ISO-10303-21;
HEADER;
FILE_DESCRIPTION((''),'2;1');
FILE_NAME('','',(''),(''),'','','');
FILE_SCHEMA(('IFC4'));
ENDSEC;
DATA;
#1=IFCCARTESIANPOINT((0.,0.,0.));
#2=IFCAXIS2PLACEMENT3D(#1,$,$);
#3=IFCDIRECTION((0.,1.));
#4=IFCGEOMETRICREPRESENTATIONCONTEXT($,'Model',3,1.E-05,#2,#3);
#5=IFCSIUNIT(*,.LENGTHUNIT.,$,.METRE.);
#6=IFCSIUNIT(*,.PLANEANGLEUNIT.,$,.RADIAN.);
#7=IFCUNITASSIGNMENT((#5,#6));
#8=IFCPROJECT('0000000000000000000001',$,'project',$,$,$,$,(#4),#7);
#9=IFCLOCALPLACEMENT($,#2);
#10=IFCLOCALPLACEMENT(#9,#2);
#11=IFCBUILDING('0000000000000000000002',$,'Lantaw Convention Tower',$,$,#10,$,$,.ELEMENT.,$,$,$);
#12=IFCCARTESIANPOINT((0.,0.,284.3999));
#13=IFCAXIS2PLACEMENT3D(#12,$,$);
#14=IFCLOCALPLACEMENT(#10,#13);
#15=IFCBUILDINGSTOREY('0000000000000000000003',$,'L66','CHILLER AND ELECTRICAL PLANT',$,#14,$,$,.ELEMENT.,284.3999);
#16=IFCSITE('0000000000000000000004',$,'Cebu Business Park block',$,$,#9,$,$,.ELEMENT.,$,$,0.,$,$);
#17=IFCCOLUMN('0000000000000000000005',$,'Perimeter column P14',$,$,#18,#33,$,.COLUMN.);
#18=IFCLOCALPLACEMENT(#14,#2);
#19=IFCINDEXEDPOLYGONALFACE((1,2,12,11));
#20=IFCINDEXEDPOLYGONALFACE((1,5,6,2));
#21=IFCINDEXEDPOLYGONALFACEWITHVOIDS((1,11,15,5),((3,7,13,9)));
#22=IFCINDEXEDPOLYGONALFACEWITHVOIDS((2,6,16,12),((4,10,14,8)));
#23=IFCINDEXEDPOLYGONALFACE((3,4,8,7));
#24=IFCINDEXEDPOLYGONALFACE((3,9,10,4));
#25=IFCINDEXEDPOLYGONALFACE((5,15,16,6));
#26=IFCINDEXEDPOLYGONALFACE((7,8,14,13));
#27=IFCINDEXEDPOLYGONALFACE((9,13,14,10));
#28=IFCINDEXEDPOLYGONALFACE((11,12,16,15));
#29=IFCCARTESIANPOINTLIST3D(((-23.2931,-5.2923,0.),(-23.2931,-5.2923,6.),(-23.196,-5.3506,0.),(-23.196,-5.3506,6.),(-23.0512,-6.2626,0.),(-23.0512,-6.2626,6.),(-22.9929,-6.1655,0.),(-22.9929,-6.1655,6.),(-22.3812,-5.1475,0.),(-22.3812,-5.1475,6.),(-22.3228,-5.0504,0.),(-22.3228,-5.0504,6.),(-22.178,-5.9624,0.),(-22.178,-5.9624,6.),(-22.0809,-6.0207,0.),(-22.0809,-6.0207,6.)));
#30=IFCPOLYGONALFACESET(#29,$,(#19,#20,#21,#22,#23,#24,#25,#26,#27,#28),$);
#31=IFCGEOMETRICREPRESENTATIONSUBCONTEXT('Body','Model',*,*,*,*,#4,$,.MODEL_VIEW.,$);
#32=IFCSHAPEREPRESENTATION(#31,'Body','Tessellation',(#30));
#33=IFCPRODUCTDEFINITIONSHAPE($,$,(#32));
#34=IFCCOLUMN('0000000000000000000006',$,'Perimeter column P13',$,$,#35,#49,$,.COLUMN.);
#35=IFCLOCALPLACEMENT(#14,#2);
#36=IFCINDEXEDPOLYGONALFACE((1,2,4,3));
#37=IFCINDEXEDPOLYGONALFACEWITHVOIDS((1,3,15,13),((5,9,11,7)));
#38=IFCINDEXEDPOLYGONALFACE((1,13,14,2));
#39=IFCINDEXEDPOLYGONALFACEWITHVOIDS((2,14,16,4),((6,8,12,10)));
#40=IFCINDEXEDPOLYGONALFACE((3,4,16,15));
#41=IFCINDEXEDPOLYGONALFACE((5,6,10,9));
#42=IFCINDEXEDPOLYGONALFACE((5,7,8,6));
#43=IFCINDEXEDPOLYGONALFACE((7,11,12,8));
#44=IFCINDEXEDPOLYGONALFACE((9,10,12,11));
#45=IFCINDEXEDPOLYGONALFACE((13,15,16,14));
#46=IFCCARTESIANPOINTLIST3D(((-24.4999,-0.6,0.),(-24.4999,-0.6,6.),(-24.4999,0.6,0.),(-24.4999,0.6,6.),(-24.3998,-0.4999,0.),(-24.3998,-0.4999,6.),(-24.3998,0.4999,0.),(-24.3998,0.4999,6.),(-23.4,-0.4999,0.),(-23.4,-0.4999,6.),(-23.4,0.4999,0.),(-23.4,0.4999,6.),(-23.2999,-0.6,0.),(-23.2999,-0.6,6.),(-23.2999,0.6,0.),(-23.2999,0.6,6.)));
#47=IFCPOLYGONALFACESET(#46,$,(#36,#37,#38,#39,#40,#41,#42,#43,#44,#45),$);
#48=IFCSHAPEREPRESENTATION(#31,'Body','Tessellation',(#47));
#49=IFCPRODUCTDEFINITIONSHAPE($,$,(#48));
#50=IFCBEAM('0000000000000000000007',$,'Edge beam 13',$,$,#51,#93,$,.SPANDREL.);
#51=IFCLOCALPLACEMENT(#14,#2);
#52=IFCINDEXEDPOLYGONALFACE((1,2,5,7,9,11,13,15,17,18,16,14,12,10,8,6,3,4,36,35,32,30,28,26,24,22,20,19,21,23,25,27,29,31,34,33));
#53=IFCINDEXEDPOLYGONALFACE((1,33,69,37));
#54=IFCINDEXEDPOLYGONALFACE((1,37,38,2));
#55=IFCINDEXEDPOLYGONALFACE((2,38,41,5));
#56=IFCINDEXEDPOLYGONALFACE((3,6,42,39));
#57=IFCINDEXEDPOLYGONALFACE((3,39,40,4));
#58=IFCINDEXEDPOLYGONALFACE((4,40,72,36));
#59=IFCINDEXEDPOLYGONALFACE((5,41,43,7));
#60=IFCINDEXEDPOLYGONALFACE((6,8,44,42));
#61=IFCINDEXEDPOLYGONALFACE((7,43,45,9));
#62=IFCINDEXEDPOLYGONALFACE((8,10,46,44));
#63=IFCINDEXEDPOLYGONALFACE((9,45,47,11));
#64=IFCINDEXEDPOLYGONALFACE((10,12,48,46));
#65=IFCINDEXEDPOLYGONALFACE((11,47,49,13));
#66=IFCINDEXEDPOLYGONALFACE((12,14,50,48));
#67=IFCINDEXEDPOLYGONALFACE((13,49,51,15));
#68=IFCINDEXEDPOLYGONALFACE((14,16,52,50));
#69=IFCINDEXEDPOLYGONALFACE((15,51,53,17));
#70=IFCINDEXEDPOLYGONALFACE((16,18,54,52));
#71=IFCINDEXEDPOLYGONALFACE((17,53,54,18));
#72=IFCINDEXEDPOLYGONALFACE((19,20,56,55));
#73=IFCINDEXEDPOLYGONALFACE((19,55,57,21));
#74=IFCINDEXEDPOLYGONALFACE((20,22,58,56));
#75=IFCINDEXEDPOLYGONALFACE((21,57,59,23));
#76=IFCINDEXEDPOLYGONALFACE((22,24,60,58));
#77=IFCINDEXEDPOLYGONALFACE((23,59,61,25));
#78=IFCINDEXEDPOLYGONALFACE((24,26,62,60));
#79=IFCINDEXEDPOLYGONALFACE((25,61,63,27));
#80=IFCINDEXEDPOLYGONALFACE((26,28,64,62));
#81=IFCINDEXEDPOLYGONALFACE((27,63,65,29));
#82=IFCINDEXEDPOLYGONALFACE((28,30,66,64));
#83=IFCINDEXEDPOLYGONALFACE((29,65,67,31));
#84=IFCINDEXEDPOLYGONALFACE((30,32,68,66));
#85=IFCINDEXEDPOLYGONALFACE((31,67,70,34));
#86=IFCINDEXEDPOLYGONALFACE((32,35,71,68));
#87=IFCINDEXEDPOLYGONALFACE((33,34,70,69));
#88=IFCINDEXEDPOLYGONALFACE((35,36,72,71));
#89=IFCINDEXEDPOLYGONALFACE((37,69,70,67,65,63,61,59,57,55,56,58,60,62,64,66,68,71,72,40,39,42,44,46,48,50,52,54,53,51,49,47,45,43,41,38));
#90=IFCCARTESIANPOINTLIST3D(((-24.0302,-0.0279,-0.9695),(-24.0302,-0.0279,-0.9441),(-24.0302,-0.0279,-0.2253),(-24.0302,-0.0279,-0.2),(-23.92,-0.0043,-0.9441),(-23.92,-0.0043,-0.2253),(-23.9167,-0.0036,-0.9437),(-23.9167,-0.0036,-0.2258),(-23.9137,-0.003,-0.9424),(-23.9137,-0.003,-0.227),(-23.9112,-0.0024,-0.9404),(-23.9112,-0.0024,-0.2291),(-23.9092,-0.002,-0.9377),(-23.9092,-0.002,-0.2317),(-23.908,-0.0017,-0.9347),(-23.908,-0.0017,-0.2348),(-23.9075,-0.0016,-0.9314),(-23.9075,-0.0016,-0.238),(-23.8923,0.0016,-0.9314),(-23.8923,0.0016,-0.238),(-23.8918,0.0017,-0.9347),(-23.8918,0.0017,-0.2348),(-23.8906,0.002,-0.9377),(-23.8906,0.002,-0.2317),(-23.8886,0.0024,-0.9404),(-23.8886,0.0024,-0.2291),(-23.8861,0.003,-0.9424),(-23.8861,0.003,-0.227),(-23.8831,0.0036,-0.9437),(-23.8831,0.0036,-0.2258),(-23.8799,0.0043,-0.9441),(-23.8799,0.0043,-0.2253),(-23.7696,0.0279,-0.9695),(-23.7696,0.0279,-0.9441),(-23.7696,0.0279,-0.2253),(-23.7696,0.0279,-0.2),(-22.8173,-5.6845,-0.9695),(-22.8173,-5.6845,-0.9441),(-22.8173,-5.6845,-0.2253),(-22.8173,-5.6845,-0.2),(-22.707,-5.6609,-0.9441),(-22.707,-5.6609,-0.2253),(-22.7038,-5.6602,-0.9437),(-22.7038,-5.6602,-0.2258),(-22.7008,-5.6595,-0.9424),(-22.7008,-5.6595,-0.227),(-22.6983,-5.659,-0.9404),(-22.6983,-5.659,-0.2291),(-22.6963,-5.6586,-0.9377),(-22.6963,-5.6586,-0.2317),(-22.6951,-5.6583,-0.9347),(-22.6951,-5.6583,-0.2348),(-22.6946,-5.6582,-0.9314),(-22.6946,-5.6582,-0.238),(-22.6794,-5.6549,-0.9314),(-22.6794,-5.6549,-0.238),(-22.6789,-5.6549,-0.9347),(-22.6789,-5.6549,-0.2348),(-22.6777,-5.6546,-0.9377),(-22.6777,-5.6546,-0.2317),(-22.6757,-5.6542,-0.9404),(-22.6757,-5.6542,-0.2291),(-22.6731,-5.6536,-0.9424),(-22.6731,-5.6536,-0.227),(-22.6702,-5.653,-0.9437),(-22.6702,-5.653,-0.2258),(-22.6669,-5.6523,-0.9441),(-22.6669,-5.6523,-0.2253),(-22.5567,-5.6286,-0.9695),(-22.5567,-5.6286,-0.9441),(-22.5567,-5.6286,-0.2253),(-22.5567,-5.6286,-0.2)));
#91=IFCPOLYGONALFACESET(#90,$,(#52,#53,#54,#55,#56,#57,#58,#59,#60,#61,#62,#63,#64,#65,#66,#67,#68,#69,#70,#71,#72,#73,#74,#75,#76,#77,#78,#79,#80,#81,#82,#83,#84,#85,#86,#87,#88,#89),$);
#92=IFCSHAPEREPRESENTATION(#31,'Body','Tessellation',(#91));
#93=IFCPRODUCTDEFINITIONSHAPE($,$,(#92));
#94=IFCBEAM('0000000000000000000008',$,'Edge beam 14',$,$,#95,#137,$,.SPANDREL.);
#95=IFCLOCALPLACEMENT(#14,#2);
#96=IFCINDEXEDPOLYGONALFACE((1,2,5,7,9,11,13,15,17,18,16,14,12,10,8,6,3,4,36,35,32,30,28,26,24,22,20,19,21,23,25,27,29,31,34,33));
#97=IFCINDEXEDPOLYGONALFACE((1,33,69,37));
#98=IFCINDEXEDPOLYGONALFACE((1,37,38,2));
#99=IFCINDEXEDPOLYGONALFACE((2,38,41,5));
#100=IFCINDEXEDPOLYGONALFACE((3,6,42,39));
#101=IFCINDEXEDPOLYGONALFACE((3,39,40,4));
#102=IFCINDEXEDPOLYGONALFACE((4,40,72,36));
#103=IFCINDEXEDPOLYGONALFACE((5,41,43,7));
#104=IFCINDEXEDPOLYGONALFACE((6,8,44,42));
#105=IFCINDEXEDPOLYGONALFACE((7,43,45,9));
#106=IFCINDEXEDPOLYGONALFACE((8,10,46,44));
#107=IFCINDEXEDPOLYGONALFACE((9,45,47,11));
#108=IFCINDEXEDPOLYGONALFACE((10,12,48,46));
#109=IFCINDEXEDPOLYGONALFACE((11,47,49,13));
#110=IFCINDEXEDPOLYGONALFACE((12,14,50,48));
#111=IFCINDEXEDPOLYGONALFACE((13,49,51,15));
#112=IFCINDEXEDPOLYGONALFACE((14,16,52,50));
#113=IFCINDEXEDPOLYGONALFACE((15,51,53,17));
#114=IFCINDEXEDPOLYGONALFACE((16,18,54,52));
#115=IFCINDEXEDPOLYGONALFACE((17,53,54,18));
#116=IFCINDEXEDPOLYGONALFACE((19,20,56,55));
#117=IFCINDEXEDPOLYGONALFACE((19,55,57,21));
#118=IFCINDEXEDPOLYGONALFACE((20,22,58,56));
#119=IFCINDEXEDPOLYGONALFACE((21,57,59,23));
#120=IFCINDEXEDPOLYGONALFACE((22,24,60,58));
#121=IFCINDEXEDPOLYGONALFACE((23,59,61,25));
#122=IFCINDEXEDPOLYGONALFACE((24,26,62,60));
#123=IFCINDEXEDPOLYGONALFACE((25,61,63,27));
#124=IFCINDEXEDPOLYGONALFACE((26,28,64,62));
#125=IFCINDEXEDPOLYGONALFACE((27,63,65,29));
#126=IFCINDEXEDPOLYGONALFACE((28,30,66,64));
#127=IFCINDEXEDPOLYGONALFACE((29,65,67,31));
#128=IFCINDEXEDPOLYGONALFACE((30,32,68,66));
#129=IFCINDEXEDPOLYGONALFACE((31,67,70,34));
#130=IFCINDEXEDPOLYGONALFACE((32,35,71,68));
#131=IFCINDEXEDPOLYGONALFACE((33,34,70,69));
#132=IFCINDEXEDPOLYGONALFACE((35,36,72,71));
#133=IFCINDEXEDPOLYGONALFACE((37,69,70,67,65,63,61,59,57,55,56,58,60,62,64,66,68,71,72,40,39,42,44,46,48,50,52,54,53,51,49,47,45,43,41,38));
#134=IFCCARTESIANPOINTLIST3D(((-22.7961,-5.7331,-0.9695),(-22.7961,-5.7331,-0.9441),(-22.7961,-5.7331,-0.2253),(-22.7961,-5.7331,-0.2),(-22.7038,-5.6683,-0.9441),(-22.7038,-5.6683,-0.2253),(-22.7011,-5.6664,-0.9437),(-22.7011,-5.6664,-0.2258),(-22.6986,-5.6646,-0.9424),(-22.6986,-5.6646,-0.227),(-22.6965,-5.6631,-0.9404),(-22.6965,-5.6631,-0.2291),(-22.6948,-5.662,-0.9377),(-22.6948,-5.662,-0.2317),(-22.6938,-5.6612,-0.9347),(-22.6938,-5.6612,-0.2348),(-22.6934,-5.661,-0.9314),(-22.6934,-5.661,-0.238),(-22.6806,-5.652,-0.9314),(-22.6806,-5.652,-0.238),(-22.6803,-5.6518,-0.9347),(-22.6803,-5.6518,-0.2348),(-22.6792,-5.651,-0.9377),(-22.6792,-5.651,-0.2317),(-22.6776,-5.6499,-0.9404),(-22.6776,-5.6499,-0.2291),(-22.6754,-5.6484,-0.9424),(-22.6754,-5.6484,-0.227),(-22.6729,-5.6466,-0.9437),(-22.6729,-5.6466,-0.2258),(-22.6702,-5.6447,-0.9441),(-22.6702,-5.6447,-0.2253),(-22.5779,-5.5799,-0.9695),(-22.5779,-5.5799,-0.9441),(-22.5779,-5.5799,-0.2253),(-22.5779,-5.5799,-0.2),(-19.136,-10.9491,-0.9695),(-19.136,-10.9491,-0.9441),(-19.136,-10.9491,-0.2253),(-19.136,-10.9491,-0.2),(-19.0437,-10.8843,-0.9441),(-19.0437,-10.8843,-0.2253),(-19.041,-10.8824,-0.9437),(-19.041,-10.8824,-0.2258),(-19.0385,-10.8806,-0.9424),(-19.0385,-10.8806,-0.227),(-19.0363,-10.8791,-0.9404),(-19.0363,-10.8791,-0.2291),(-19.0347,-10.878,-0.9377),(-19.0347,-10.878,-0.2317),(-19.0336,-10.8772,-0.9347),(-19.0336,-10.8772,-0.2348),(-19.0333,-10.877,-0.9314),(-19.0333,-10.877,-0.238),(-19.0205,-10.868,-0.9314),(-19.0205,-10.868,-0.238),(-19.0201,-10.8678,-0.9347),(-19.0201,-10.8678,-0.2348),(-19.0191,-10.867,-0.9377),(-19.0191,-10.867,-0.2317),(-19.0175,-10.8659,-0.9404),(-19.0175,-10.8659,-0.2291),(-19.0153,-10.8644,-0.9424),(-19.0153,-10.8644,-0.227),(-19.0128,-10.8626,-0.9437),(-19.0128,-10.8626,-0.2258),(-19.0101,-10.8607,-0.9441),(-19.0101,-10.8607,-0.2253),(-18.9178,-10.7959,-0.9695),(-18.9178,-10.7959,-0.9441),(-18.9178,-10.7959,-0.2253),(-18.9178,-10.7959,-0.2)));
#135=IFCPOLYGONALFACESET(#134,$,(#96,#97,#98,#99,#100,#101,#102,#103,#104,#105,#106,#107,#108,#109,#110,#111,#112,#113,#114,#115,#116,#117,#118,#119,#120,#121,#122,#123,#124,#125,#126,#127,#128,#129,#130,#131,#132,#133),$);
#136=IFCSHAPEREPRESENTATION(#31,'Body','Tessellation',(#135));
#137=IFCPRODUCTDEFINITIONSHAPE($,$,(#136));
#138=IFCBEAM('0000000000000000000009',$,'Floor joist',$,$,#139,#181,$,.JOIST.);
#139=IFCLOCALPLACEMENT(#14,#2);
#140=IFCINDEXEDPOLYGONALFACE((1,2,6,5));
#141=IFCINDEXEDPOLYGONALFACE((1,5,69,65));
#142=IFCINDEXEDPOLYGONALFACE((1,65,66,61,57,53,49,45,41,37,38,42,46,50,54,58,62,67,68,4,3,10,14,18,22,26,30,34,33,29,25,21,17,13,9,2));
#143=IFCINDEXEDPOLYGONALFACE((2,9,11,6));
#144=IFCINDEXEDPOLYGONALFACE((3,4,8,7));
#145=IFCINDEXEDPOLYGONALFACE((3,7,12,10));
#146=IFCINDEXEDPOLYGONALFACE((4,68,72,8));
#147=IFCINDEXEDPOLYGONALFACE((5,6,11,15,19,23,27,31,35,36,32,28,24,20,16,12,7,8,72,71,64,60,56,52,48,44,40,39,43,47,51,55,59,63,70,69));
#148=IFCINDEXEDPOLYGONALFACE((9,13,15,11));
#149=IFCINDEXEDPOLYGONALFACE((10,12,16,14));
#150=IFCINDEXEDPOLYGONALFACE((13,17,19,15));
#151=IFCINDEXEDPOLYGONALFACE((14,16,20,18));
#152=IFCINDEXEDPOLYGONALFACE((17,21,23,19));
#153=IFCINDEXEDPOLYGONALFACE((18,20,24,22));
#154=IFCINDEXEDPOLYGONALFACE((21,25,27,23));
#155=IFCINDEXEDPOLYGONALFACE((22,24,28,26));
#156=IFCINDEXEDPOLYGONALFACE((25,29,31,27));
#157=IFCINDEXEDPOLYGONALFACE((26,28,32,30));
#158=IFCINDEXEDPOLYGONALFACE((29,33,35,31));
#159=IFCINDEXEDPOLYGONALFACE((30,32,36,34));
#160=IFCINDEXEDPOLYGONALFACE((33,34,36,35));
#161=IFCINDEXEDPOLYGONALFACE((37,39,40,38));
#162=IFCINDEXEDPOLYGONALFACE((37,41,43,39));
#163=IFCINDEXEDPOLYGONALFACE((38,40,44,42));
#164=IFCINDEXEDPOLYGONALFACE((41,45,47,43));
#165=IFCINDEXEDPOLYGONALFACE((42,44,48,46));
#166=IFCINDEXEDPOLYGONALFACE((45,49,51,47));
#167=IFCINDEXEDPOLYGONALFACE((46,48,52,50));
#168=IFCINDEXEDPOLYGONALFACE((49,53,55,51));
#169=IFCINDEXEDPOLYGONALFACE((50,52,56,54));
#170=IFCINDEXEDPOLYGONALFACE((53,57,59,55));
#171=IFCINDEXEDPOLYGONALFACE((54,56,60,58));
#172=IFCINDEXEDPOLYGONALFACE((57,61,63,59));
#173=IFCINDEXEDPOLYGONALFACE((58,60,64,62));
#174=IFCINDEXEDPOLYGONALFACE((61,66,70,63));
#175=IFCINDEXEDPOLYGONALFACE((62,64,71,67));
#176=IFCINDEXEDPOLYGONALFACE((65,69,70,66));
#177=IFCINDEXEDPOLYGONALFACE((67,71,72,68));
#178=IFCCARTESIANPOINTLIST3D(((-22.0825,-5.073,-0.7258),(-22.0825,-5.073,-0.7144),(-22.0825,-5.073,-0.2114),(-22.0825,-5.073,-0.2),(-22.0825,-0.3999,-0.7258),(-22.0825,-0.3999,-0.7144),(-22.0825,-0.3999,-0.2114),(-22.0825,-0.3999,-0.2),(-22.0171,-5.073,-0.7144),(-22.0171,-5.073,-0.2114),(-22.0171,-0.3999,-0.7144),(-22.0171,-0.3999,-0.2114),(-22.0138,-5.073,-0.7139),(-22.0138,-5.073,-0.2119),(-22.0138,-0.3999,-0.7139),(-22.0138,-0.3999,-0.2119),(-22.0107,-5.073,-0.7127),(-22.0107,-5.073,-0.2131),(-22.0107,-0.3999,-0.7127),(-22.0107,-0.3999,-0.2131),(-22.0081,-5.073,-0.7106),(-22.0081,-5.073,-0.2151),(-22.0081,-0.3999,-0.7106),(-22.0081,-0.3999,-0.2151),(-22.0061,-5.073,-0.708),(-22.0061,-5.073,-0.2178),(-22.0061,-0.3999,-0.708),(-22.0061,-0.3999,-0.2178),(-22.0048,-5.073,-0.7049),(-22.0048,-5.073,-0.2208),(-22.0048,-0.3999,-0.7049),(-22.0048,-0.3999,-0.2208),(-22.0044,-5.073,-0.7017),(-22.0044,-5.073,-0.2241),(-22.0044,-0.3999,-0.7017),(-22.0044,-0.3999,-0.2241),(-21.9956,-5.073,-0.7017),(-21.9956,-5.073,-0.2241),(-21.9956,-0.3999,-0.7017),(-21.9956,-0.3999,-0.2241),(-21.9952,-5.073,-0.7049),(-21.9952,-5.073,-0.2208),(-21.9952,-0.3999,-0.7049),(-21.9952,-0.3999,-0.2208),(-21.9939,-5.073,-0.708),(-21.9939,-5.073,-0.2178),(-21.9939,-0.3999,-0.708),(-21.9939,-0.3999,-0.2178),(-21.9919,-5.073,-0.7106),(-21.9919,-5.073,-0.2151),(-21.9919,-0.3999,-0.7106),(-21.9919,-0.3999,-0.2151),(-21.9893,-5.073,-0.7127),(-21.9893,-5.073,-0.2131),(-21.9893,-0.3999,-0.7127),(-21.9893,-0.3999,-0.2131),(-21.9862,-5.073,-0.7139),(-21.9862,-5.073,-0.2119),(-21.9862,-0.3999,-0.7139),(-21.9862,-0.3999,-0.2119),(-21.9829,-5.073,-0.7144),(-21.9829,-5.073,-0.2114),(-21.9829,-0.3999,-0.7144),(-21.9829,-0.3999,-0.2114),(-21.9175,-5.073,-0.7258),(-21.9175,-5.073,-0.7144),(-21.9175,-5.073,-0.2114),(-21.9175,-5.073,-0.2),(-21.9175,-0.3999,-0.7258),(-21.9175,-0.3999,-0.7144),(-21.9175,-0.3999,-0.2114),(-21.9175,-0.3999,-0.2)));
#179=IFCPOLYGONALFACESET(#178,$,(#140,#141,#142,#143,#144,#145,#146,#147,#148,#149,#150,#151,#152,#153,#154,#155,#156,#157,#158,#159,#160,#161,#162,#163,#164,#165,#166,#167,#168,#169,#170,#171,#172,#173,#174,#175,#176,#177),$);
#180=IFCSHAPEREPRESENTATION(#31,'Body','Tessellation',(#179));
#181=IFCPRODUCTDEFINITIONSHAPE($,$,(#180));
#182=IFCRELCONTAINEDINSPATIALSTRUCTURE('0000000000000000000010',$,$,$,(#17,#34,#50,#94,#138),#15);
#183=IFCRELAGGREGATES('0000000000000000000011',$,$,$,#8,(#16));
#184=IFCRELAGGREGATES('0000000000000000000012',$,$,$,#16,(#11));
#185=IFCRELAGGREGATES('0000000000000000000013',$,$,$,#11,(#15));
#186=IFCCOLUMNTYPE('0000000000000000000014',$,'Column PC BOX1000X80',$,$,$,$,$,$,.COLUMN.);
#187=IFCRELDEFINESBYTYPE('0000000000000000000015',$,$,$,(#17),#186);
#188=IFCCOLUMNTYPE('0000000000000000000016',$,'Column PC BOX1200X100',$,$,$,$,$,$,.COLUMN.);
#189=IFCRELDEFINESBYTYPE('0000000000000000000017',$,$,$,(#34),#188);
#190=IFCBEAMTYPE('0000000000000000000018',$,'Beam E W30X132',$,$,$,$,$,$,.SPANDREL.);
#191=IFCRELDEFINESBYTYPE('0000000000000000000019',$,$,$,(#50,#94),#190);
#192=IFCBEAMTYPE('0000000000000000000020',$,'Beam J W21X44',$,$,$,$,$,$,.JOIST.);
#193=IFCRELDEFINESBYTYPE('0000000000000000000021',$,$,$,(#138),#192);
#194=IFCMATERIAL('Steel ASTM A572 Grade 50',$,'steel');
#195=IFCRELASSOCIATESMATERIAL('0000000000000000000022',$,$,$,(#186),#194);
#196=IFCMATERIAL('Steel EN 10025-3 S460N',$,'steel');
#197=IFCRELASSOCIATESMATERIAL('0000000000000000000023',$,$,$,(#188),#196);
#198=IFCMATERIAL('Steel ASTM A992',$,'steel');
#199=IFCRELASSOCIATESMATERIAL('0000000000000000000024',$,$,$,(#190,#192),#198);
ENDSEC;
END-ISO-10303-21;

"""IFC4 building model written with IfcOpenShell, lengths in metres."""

from ifc_helpers import new_model, si_unit, direction, frame, origin, origin_2d, place, context, subcontext, project, spatial, rectangle, hollow_rectangle, i_section, extrude, material, material_profile, profile_set, type_object, element, save


model = new_model("IFC4")

# Units and contexts
model_context = context("Model", 3, precision=1e-05, world=origin(), true_north=direction((0.0, 1.0)))
body_context = subcontext(model_context, "Body", "Model", "MODEL_VIEW")
ifc_project = project(units=[si_unit("LENGTHUNIT", "METRE"), si_unit("PLANEANGLEUNIT", "RADIAN")], contexts=[model_context])

# Site, building, storey
site_placement = place(None, origin())
site = spatial("IfcSite", under=ifc_project, at=site_placement, Name="Cebu Business Park block", CompositionType="ELEMENT", RefElevation=0.0)
building_placement = place(site_placement, origin())
building = spatial("IfcBuilding", under=site, at=building_placement, Name="Lantaw Convention Tower", CompositionType="ELEMENT")
storey_placement = place(building_placement, frame((0.0, 0.0, 284.3999)))
storey = spatial("IfcBuildingStorey", under=building, at=storey_placement, Name="L66", Description="CHILLER AND ELECTRICAL PLANT", CompositionType="ELEMENT", Elevation=284.3999)

# Columns
ifc_material_1 = material(Name="Steel ASTM A572 Grade 50", Category="steel")
ifc_material_profile_1 = material_profile(ifc_material_1, hollow_rectangle(XDim=1.0, YDim=1.0, WallThickness=0.0801, at=origin_2d()), Name="BOX1000X80")
ifc_material_2 = material(Name="Concrete C60/75", Category="concrete")
ifc_material_profile_2 = material_profile(ifc_material_2, rectangle(XDim=0.8401, YDim=0.8401, at=origin_2d()), Name="Concrete fill of BOX1000X80")
ifc_profile_set_1 = profile_set([ifc_material_profile_1, ifc_material_profile_2], Name="Steel ASTM A572 Grade 50")
column_type_1 = type_object("IfcColumnType", Name="Column PC BOX1000X80", PredefinedType="COLUMN", material=ifc_profile_set_1)
column_1_placement = place(storey_placement, frame((-22.687, -5.6565, 0.0), z_axis=(0.0, 0.0, 1.0), x_axis=(0.970296, 0.241922, 0.0)))
element("IfcColumn", 1, at=column_1_placement, inside=storey, type_object=column_type_1, Name="Perimeter column P14", PredefinedType="COLUMN", context=body_context, shape_type="SweptSolid", body=[
    extrude(hollow_rectangle(XDim=1.0, YDim=1.0, WallThickness=0.0801, at=origin_2d()), origin(), (0.0, 0.0, 1.0), 6.0),
])
ifc_material_3 = material(Name="Steel EN 10025-3 S460N", Category="steel")
ifc_material_profile_3 = material_profile(ifc_material_3, hollow_rectangle(XDim=1.2, YDim=1.2, WallThickness=0.1001, at=origin_2d()), Name="BOX1200X100")
ifc_material_profile_4 = material_profile(ifc_material_2, rectangle(XDim=1.0, YDim=1.0, at=origin_2d()), Name="Concrete fill of BOX1200X100")
ifc_profile_set_2 = profile_set([ifc_material_profile_3, ifc_material_profile_4], Name="Steel EN 10025-3 S460N")
column_type_2 = type_object("IfcColumnType", Name="Column PC BOX1200X100", PredefinedType="COLUMN", material=ifc_profile_set_2)
column_2_placement = place(storey_placement, frame((-23.8999, 0.0, 0.0), z_axis=(0.0, 0.0, 1.0), x_axis=(1.0, 0.0, 0.0)))
element("IfcColumn", 2, at=column_2_placement, inside=storey, type_object=column_type_2, Name="Perimeter column P13", PredefinedType="COLUMN", context=body_context, shape_type="SweptSolid", body=[
    extrude(hollow_rectangle(XDim=1.2, YDim=1.2, WallThickness=0.1001, at=origin_2d()), origin(), (0.0, 0.0, 1.0), 6.0),
])

# Beams
ifc_material_4 = material(Name="Steel ASTM A992", Category="steel")
ifc_material_profile_5 = material_profile(ifc_material_4, i_section(OverallWidth=0.2666, OverallDepth=0.7695, WebThickness=0.0156, FlangeThickness=0.0254, FilletRadius=0.0127, at=origin_2d()), Name="W30X132")
ifc_profile_set_3 = profile_set([ifc_material_profile_5], Name="Steel ASTM A992")
beam_type_1 = type_object("IfcBeamType", Name="Beam E W30X132", PredefinedType="SPANDREL", material=ifc_profile_set_3)
beam_1_placement = place(storey_placement, frame((-23.8999, 0.0, -0.5847), z_axis=(0.209659, -0.977775, 0.0), x_axis=(0.977775, 0.209659, 0.0)))
element("IfcBeam", 3, at=beam_1_placement, inside=storey, type_object=beam_type_1, Name="Edge beam 13", PredefinedType="SPANDREL", context=body_context, shape_type="SweptSolid", body=[
    extrude(i_section(OverallWidth=0.2666, OverallDepth=0.7695, WebThickness=0.0156, FlangeThickness=0.0254, FilletRadius=0.0127, at=origin_2d()), origin(), (0.0, 0.0, 1.0), 5.7852),
])
beam_2_placement = place(storey_placement, frame((-22.687, -5.6565, -0.5847), z_axis=(0.574401, -0.818574, 0.0), x_axis=(0.818574, 0.574401, 0.0)))
element("IfcBeam", 4, at=beam_2_placement, inside=storey, type_object=beam_type_1, Name="Edge beam 14", PredefinedType="SPANDREL", context=body_context, shape_type="SweptSolid", body=[
    extrude(i_section(OverallWidth=0.2666, OverallDepth=0.7695, WebThickness=0.0156, FlangeThickness=0.0254, FilletRadius=0.0127, at=origin_2d()), origin(), (0.0, 0.0, 1.0), 6.3721),
])
ifc_material_profile_6 = material_profile(ifc_material_4, i_section(OverallWidth=0.165, OverallDepth=0.5259, WebThickness=0.0088, FlangeThickness=0.0115, FilletRadius=0.0127, at=origin_2d()), Name="W21X44")
ifc_profile_set_4 = profile_set([ifc_material_profile_6], Name="Steel ASTM A992")
beam_type_2 = type_object("IfcBeamType", Name="Beam J W21X44", PredefinedType="JOIST", material=ifc_profile_set_4)
beam_3_placement = place(storey_placement, frame((-22.0, -5.073, -0.4629), z_axis=(0.0, 1.0, 0.0), x_axis=(-1.0, 0.0, 0.0)))
element("IfcBeam", 5, at=beam_3_placement, inside=storey, type_object=beam_type_2, Name="Floor joist", PredefinedType="JOIST", context=body_context, shape_type="SweptSolid", body=[
    extrude(i_section(OverallWidth=0.165, OverallDepth=0.5259, WebThickness=0.0088, FlangeThickness=0.0115, FilletRadius=0.0127, at=origin_2d()), origin(), (0.0, 0.0, 1.0), 4.6731),
])

save(model, "model.ifc")
